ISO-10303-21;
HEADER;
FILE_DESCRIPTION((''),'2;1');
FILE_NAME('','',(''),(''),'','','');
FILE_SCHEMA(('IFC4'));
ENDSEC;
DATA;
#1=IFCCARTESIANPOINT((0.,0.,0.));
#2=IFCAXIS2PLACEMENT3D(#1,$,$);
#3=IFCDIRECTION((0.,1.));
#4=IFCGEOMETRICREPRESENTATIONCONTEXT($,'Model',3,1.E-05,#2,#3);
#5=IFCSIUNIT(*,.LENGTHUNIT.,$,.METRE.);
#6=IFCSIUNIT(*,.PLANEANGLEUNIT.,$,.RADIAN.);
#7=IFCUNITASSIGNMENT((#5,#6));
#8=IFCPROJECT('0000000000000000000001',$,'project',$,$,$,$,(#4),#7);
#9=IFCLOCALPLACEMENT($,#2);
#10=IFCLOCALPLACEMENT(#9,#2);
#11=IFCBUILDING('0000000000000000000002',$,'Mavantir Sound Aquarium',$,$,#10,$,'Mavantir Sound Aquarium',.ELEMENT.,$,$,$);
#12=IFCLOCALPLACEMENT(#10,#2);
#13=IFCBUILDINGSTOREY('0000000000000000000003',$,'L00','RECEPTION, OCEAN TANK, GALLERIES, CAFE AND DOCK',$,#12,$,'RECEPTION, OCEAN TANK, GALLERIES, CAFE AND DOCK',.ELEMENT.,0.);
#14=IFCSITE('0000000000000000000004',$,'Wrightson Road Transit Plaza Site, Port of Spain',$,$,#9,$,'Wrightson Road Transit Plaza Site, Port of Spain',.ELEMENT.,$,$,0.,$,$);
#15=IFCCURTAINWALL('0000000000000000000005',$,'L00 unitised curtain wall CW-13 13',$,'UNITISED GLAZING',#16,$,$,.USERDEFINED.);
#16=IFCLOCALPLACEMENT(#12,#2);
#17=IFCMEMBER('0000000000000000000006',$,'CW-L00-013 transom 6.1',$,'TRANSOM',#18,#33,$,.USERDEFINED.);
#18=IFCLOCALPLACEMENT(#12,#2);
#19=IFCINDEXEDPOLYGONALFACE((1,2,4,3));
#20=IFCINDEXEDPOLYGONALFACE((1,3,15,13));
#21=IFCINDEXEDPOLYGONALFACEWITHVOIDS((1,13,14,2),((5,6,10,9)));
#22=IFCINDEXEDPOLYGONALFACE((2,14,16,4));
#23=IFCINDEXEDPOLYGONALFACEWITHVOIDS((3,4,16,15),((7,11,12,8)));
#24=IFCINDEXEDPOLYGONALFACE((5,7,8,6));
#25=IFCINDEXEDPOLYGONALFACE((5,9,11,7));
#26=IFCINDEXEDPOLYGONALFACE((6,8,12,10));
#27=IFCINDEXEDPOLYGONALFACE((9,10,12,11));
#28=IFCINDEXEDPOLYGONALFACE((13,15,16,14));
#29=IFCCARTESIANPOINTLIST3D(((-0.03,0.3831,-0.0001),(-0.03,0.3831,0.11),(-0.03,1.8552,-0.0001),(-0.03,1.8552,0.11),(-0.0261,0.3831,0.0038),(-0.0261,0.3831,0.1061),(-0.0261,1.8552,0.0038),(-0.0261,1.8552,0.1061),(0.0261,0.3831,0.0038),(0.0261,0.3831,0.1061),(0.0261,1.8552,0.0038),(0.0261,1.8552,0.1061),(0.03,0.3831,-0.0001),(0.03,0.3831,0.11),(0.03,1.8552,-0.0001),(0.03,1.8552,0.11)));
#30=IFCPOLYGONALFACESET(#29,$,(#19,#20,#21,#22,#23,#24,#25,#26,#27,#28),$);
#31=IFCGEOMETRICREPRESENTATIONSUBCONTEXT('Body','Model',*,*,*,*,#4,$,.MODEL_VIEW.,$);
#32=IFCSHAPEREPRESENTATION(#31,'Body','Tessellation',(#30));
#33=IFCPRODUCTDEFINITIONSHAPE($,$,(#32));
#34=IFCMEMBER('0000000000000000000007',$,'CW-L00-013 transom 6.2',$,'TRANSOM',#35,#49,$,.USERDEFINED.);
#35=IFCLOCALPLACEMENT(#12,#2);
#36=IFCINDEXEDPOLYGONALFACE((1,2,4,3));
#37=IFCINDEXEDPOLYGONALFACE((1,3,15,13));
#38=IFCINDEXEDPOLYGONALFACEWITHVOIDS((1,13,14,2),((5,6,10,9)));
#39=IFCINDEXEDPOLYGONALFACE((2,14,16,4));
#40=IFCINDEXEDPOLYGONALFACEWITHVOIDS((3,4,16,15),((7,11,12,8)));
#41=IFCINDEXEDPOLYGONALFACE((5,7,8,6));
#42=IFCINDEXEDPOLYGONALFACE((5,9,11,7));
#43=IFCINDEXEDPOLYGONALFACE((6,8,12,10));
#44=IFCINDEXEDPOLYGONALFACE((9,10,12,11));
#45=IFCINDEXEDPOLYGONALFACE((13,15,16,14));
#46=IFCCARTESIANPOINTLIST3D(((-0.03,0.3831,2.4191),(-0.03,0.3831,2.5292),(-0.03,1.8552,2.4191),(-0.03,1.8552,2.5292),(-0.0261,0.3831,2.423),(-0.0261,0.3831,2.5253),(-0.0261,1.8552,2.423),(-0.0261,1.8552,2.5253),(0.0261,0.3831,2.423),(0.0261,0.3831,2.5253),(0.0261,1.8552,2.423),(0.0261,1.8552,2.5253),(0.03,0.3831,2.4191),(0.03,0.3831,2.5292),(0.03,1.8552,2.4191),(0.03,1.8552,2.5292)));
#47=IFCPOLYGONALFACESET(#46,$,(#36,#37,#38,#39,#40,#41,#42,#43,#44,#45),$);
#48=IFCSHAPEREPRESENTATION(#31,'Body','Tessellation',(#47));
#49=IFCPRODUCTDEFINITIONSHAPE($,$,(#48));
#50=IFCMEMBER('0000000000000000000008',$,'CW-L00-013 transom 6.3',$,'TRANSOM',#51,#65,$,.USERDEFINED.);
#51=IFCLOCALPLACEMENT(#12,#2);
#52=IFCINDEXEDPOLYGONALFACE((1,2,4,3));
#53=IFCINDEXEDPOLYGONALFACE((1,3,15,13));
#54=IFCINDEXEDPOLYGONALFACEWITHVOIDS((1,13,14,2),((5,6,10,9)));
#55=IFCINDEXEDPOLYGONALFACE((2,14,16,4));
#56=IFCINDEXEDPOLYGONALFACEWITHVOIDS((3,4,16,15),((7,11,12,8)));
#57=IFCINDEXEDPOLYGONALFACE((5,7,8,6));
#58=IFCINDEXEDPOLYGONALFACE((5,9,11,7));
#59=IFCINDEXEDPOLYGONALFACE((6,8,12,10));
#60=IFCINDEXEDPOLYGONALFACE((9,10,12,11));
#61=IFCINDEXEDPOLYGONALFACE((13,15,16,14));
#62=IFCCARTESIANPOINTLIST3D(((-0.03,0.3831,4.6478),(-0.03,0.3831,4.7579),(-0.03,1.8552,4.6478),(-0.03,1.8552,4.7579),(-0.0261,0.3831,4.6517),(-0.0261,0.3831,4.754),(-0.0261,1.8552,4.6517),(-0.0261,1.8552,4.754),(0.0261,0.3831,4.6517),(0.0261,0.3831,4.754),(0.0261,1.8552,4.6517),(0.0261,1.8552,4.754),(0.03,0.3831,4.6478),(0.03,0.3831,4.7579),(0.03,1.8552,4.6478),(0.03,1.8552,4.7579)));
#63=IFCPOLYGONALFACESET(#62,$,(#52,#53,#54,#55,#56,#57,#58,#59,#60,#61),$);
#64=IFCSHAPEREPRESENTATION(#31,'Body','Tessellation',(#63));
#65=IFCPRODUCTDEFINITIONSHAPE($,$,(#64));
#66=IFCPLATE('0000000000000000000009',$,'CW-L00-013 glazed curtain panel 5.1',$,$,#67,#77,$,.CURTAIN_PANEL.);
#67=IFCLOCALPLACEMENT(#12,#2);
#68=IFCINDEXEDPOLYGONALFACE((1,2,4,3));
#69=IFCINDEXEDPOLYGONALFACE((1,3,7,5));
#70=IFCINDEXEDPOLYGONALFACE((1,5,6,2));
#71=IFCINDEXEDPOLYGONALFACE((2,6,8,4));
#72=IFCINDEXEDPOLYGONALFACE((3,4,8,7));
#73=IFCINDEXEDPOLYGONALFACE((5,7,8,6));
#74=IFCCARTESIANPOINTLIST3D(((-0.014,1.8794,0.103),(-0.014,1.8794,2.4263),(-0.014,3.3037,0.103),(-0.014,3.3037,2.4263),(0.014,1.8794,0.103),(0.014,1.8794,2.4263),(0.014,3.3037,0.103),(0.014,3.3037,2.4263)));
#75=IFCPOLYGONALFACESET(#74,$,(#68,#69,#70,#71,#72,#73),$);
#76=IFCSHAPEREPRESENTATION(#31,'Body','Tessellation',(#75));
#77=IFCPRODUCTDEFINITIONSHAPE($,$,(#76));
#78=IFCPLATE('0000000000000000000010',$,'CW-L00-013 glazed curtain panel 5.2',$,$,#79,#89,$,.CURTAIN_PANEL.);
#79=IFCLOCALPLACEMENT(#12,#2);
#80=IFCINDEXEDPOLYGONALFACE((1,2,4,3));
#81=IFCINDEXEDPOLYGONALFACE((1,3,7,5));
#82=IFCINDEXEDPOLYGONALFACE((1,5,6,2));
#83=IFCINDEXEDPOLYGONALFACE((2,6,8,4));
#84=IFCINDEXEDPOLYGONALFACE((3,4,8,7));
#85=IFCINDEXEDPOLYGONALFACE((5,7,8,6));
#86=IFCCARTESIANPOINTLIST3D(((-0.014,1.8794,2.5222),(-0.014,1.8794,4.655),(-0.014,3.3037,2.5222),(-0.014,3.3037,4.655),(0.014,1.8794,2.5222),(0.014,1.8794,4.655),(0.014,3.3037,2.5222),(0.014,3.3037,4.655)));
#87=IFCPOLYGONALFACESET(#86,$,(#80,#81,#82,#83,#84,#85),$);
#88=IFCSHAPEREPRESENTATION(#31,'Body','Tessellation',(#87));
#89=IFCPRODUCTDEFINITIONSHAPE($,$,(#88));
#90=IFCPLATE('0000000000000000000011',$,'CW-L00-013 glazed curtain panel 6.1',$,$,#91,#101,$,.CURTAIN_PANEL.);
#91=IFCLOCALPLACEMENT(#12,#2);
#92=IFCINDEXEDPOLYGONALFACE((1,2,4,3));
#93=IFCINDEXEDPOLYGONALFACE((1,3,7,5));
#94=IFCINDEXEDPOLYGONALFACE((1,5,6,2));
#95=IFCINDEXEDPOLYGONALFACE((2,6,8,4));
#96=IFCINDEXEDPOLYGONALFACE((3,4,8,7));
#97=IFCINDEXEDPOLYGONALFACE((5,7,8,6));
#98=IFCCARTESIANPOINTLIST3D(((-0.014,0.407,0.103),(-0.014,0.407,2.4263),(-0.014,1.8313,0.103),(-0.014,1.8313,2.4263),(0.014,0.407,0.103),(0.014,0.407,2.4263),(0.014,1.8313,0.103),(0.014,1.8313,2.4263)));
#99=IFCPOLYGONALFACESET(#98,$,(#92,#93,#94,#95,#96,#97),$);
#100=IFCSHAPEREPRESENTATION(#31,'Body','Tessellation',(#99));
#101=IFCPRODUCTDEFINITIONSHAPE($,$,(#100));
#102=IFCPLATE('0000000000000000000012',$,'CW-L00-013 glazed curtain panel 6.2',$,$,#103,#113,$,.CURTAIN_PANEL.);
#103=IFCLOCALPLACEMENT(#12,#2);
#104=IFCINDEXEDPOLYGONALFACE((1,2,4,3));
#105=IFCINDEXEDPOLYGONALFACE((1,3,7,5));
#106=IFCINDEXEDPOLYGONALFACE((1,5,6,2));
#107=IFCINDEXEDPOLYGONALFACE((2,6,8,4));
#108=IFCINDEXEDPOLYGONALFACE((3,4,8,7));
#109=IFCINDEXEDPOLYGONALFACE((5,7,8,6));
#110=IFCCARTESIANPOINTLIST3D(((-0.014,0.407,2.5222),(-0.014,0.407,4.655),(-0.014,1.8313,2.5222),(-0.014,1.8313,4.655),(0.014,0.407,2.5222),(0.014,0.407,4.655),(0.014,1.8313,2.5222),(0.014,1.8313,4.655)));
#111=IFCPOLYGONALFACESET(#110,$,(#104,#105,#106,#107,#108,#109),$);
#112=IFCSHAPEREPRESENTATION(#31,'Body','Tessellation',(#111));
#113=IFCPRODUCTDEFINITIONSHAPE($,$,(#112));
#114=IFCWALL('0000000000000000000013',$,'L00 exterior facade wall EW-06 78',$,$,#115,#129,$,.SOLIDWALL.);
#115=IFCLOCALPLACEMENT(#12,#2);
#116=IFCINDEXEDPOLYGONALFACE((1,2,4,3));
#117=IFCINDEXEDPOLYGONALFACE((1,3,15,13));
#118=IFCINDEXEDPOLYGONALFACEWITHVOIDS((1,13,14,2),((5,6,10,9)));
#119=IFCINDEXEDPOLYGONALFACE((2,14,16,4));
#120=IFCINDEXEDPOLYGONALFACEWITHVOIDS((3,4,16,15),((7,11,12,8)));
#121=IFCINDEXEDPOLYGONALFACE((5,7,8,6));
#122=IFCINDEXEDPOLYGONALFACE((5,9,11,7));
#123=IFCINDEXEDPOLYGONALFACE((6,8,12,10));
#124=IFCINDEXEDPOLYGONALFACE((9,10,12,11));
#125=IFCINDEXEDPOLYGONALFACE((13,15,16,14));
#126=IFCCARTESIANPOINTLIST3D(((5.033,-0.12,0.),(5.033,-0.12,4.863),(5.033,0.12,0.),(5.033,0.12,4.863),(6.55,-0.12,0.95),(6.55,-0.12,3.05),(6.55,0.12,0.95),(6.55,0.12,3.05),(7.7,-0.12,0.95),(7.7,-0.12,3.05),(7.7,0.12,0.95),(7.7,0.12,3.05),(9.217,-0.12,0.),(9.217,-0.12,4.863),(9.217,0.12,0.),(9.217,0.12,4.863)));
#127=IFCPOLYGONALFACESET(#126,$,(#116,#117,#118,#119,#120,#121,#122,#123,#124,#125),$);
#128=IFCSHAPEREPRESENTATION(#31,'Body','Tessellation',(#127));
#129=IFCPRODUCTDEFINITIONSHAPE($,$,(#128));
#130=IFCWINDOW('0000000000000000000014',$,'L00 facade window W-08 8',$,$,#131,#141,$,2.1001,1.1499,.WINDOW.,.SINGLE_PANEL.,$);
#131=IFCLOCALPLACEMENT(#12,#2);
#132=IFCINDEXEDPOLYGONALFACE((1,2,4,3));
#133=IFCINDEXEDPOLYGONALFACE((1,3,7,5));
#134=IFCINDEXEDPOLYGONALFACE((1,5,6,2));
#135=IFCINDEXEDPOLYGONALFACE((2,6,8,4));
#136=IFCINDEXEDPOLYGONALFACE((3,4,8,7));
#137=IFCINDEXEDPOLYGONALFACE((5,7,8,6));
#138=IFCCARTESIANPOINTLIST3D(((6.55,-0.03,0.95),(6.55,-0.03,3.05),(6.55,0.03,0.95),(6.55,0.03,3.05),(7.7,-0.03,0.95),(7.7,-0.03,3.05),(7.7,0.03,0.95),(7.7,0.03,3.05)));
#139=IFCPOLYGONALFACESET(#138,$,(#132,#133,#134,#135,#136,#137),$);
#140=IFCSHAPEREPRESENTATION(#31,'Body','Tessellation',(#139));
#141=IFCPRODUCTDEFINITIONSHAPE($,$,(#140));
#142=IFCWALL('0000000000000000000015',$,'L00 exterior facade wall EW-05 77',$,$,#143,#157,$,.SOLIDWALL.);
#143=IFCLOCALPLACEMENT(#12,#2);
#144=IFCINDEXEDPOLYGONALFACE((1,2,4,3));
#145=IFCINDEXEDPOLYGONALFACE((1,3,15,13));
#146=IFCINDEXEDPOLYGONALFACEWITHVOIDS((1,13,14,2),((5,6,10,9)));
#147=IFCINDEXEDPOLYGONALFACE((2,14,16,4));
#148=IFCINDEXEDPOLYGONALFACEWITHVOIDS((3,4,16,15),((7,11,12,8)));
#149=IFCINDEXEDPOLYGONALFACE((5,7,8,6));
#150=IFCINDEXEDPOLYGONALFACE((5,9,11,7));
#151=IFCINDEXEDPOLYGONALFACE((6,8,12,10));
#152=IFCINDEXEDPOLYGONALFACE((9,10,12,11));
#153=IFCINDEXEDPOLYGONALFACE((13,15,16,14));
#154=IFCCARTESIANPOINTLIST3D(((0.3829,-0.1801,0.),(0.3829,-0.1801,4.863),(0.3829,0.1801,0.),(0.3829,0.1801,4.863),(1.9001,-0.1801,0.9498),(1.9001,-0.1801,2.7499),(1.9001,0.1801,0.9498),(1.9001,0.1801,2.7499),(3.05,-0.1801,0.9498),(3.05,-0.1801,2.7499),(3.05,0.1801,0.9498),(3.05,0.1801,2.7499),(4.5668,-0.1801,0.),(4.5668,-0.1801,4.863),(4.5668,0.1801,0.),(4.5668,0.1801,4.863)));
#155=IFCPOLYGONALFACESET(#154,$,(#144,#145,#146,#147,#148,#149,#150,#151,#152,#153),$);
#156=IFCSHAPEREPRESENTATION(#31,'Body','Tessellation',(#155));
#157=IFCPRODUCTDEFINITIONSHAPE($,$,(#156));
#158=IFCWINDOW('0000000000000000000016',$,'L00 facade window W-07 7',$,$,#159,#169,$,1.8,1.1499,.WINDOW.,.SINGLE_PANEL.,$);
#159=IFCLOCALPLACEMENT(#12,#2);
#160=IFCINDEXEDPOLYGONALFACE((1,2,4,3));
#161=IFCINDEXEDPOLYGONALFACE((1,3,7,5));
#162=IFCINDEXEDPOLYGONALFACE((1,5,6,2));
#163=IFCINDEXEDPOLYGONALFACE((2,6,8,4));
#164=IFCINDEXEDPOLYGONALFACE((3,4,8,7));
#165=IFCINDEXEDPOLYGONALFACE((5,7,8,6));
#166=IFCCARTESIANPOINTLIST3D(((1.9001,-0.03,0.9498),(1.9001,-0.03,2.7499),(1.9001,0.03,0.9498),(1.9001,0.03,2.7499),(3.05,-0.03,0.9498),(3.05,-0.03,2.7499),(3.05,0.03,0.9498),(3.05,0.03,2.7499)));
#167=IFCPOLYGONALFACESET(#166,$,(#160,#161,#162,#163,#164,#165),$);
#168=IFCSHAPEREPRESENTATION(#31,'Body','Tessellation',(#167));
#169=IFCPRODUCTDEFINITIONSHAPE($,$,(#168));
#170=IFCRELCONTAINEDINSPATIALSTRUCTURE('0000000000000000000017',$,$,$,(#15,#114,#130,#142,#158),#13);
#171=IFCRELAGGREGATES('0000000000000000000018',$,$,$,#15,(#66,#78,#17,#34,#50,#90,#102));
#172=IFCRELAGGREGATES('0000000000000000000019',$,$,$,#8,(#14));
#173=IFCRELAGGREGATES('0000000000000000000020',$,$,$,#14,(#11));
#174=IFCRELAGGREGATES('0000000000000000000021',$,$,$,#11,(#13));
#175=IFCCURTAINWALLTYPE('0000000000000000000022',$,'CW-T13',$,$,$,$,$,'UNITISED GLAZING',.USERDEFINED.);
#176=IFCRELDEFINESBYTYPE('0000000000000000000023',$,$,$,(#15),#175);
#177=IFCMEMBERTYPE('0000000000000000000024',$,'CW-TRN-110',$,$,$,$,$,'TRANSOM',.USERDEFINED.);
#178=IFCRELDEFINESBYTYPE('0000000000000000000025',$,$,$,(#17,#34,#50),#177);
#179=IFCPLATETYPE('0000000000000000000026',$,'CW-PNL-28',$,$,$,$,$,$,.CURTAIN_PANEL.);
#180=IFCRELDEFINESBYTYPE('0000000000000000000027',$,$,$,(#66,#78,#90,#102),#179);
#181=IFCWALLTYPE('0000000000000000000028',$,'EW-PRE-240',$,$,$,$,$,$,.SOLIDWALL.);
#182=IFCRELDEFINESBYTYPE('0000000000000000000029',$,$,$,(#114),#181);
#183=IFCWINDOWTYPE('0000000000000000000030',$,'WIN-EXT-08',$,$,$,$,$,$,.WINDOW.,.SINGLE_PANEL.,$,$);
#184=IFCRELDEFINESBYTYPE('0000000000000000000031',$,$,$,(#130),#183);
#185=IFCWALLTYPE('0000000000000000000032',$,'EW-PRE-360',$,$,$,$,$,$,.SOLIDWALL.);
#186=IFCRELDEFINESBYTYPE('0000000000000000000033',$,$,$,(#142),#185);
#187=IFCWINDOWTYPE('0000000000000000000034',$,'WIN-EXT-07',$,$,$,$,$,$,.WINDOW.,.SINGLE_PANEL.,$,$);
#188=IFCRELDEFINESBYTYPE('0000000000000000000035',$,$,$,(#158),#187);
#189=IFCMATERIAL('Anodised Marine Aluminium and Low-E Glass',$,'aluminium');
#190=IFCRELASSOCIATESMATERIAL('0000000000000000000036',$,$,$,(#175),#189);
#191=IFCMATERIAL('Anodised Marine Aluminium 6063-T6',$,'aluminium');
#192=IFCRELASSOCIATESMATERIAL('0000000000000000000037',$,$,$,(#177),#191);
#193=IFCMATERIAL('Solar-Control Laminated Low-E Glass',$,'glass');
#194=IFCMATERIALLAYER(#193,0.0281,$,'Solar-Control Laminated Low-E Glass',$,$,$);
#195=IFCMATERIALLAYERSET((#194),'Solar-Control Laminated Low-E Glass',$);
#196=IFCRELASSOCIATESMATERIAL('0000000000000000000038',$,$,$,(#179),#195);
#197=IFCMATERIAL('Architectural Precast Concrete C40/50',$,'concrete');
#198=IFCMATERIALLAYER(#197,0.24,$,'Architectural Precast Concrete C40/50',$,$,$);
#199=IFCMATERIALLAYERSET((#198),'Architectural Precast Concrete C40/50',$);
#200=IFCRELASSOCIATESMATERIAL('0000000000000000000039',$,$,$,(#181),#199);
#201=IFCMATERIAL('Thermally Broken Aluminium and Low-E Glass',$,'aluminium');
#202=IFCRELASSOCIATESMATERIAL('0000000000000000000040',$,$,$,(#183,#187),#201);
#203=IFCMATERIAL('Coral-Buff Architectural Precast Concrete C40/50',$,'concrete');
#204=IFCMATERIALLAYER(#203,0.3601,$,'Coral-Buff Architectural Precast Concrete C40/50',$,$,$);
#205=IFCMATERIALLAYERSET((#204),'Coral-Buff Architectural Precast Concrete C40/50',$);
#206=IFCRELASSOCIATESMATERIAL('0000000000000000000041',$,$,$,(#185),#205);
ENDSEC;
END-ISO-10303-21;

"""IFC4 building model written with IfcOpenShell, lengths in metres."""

from ifc_helpers import new_model, si_unit, direction, frame, frame_2d, origin, origin_2d, place, context, subcontext, project, spatial, rectangle, hollow_rectangle, extrude, material, layer, layer_set, material_profile, profile_set, type_object, element, fill, aggregate, save


model = new_model("IFC4")

# Units and contexts
model_context = context("Model", 3, precision=1e-05, world=origin(), true_north=direction((0.0, 1.0)))
body_context = subcontext(model_context, "Body", "Model", "MODEL_VIEW")
ifc_project = project(units=[si_unit("LENGTHUNIT", "METRE"), si_unit("PLANEANGLEUNIT", "RADIAN")], contexts=[model_context])

# Site, building, storey
site_placement = place(None, origin())
site = spatial("IfcSite", under=ifc_project, at=site_placement, Name="Wrightson Road Transit Plaza Site, Port of Spain", LongName="Wrightson Road Transit Plaza Site, Port of Spain", CompositionType="ELEMENT", RefElevation=0.0)
building_placement = place(site_placement, origin())
building = spatial("IfcBuilding", under=site, at=building_placement, Name="Mavantir Sound Aquarium", LongName="Mavantir Sound Aquarium", CompositionType="ELEMENT")
storey_placement = place(building_placement, origin())
storey = spatial("IfcBuildingStorey", under=building, at=storey_placement, Name="L00", Description="RECEPTION, OCEAN TANK, GALLERIES, CAFE AND DOCK", LongName="RECEPTION, OCEAN TANK, GALLERIES, CAFE AND DOCK", CompositionType="ELEMENT", Elevation=0.0)

# Curtain wall, members, plates
ifc_material_1 = material(Name="Anodised Marine Aluminium and Low-E Glass", Category="aluminium")
curtain_wall_type = type_object("IfcCurtainWallType", Name="CW-T13", ElementType="UNITISED GLAZING", PredefinedType="USERDEFINED", material=ifc_material_1)
curtain_wall_placement = place(storey_placement, origin())
curtain_wall = element("IfcCurtainWall", 1, at=curtain_wall_placement, inside=storey, type_object=curtain_wall_type, Name="L00 unitised curtain wall CW-13 13", ObjectType="UNITISED GLAZING", PredefinedType="USERDEFINED")
ifc_material_2 = material(Name="Anodised Marine Aluminium 6063-T6", Category="aluminium")
ifc_material_profile_1 = material_profile(ifc_material_2, hollow_rectangle(XDim=0.0601, YDim=0.1101, WallThickness=0.0039, at=origin_2d()), Name="ALU-TRANSOM-110X60")
ifc_profile_set_1 = profile_set([ifc_material_profile_1], Name="Anodised Marine Aluminium 6063-T6")
member_type_1 = type_object("IfcMemberType", Name="CW-TRN-110", ElementType="TRANSOM", PredefinedType="USERDEFINED", material=ifc_profile_set_1)
member_1_placement = place(storey_placement, frame((0.0, 1.8552, 0.0549), z_axis=(0.0, -1.0, 0.0), x_axis=(1.0, 0.0, 0.0)))
member_1 = element("IfcMember", 2, at=member_1_placement, type_object=member_type_1, Name="CW-L00-013 transom 6.1", ObjectType="TRANSOM", PredefinedType="USERDEFINED", context=body_context, shape_type="SweptSolid", body=[
    extrude(hollow_rectangle(XDim=0.0601, YDim=0.1101, WallThickness=0.0039, at=origin_2d()), origin(), (0.0, 0.0, 1.0), 1.4722),
])
member_2_placement = place(storey_placement, frame((0.0, 1.8552, 2.4741), z_axis=(0.0, -1.0, 0.0), x_axis=(1.0, 0.0, 0.0)))
member_2 = element("IfcMember", 3, at=member_2_placement, type_object=member_type_1, Name="CW-L00-013 transom 6.2", ObjectType="TRANSOM", PredefinedType="USERDEFINED", context=body_context, shape_type="SweptSolid", body=[
    extrude(hollow_rectangle(XDim=0.0601, YDim=0.1101, WallThickness=0.0039, at=origin_2d()), origin(), (0.0, 0.0, 1.0), 1.4722),
])
member_3_placement = place(storey_placement, frame((0.0, 1.8552, 4.7029), z_axis=(0.0, -1.0, 0.0), x_axis=(1.0, 0.0, 0.0)))
member_3 = element("IfcMember", 4, at=member_3_placement, type_object=member_type_1, Name="CW-L00-013 transom 6.3", ObjectType="TRANSOM", PredefinedType="USERDEFINED", context=body_context, shape_type="SweptSolid", body=[
    extrude(hollow_rectangle(XDim=0.0601, YDim=0.1101, WallThickness=0.0039, at=origin_2d()), origin(), (0.0, 0.0, 1.0), 1.4722),
])
ifc_material_3 = material(Name="Solar-Control Laminated Low-E Glass", Category="glass")
ifc_layer_1 = layer(ifc_material_3, 0.0281, Name="Solar-Control Laminated Low-E Glass")
ifc_layer_set_1 = layer_set([ifc_layer_1], Name="Solar-Control Laminated Low-E Glass")
plate_type = type_object("IfcPlateType", Name="CW-PNL-28", PredefinedType="CURTAIN_PANEL", material=ifc_layer_set_1)
plate_1_placement = place(storey_placement, frame((0.0, 2.5916, 0.103), z_axis=(0.0, 0.0, 1.0), x_axis=(0.0, -1.0, 0.0)))
plate_1 = element("IfcPlate", 5, at=plate_1_placement, type_object=plate_type, Name="CW-L00-013 glazed curtain panel 5.1", PredefinedType="CURTAIN_PANEL", context=body_context, shape_type="SweptSolid", body=[
    extrude(rectangle(XDim=1.4243, YDim=0.0281, at=origin_2d()), origin(), (0.0, 0.0, 1.0), 2.3232),
])
plate_2_placement = place(storey_placement, frame((0.0, 2.5916, 2.5222), z_axis=(0.0, 0.0, 1.0), x_axis=(0.0, -1.0, 0.0)))
plate_2 = element("IfcPlate", 6, at=plate_2_placement, type_object=plate_type, Name="CW-L00-013 glazed curtain panel 5.2", PredefinedType="CURTAIN_PANEL", context=body_context, shape_type="SweptSolid", body=[
    extrude(rectangle(XDim=1.4243, YDim=0.0281, at=origin_2d()), origin(), (0.0, 0.0, 1.0), 2.1328),
])
plate_3_placement = place(storey_placement, frame((0.0, 1.1191, 0.103), z_axis=(0.0, 0.0, 1.0), x_axis=(0.0, -1.0, 0.0)))
plate_3 = element("IfcPlate", 7, at=plate_3_placement, type_object=plate_type, Name="CW-L00-013 glazed curtain panel 6.1", PredefinedType="CURTAIN_PANEL", context=body_context, shape_type="SweptSolid", body=[
    extrude(rectangle(XDim=1.4243, YDim=0.0281, at=origin_2d()), origin(), (0.0, 0.0, 1.0), 2.3232),
])
plate_4_placement = place(storey_placement, frame((0.0, 1.1191, 2.5222), z_axis=(0.0, 0.0, 1.0), x_axis=(0.0, -1.0, 0.0)))
plate_4 = element("IfcPlate", 8, at=plate_4_placement, type_object=plate_type, Name="CW-L00-013 glazed curtain panel 6.2", PredefinedType="CURTAIN_PANEL", context=body_context, shape_type="SweptSolid", body=[
    extrude(rectangle(XDim=1.4243, YDim=0.0281, at=origin_2d()), origin(), (0.0, 0.0, 1.0), 2.1328),
])
aggregate(curtain_wall, [plate_1, plate_2, member_1, member_2, member_3, plate_3, plate_4])

# Walls, openings, windows
ifc_material_4 = material(Name="Architectural Precast Concrete C40/50", Category="concrete")
ifc_layer_2 = layer(ifc_material_4, 0.24, Name="Architectural Precast Concrete C40/50")
ifc_layer_set_2 = layer_set([ifc_layer_2], Name="Architectural Precast Concrete C40/50")
wall_type_1 = type_object("IfcWallType", Name="EW-PRE-240", PredefinedType="SOLIDWALL", material=ifc_layer_set_2)
wall_1_placement = place(storey_placement, frame((5.033, 0.0, 0.0), z_axis=(0.0, 0.0, 1.0), x_axis=(1.0, 0.0, 0.0)))
wall_1 = element("IfcWall", 9, at=wall_1_placement, inside=storey, type_object=wall_type_1, Name="L00 exterior facade wall EW-06 78", PredefinedType="SOLIDWALL", context=body_context, shape_type="SweptSolid", body=[
    extrude(rectangle(XDim=4.1841, YDim=0.24, at=frame_2d((2.092, 0.0))), origin(), (0.0, 0.0, 1.0), 4.863),
])
opening_1_placement = place(wall_1_placement, frame((1.5171, 0.0, 0.95)))
opening_1 = element("IfcOpeningElement", 10, at=opening_1_placement, cuts=wall_1, PredefinedType="OPENING", context=body_context, shape_type="SweptSolid", body=[
    extrude(rectangle(XDim=1.1499, YDim=2.1001, at=frame_2d((0.575, 1.05))), frame((0.0, 0.1299, 0.0), z_axis=(0.0, -1.0, 0.0), x_axis=(1.0, 0.0, 0.0)), (0.0, 0.0, 1.0), 0.26),
])
ifc_material_5 = material(Name="Thermally Broken Aluminium and Low-E Glass", Category="aluminium")
window_type_1 = type_object("IfcWindowType", Name="WIN-EXT-08", PartitioningType="SINGLE_PANEL", PredefinedType="WINDOW", material=ifc_material_5)
window_1_placement = place(opening_1_placement, origin())
window_1 = element("IfcWindow", 11, at=window_1_placement, inside=storey, type_object=window_type_1, Name="L00 facade window W-08 8", OverallHeight=2.1001, OverallWidth=1.1499, PartitioningType="SINGLE_PANEL", PredefinedType="WINDOW", context=body_context, shape_type="SweptSolid", body=[
    extrude(rectangle(XDim=1.1499, YDim=2.1001, at=frame_2d((0.575, 1.05))), frame((0.0, 0.03, 0.0), z_axis=(0.0, -1.0, 0.0), x_axis=(1.0, 0.0, 0.0)), (0.0, 0.0, 1.0), 0.0601),
])
fill(opening_1, window_1)
ifc_material_6 = material(Name="Coral-Buff Architectural Precast Concrete C40/50", Category="concrete")
ifc_layer_3 = layer(ifc_material_6, 0.3601, Name="Coral-Buff Architectural Precast Concrete C40/50")
ifc_layer_set_3 = layer_set([ifc_layer_3], Name="Coral-Buff Architectural Precast Concrete C40/50")
wall_type_2 = type_object("IfcWallType", Name="EW-PRE-360", PredefinedType="SOLIDWALL", material=ifc_layer_set_3)
wall_2_placement = place(storey_placement, frame((0.3831, 0.0, 0.0), z_axis=(0.0, 0.0, 1.0), x_axis=(1.0, 0.0, 0.0)))
wall_2 = element("IfcWall", 12, at=wall_2_placement, inside=storey, type_object=wall_type_2, Name="L00 exterior facade wall EW-05 77", PredefinedType="SOLIDWALL", context=body_context, shape_type="SweptSolid", body=[
    extrude(rectangle(XDim=4.1838, YDim=0.3601, at=frame_2d((2.0918, 0.0))), origin(), (0.0, 0.0, 1.0), 4.863),
])
opening_2_placement = place(wall_2_placement, frame((1.5171, 0.0, 0.95)))
opening_2 = element("IfcOpeningElement", 13, at=opening_2_placement, cuts=wall_2, PredefinedType="OPENING", context=body_context, shape_type="SweptSolid", body=[
    extrude(rectangle(XDim=1.1499, YDim=1.8, at=frame_2d((0.575, 0.8999))), frame((0.0, 0.1899, 0.0), z_axis=(0.0, -1.0, 0.0), x_axis=(1.0, 0.0, 0.0)), (0.0, 0.0, 1.0), 0.3801),
])
window_type_2 = type_object("IfcWindowType", Name="WIN-EXT-07", PartitioningType="SINGLE_PANEL", PredefinedType="WINDOW", material=ifc_material_5)
window_2_placement = place(opening_2_placement, origin())
window_2 = element("IfcWindow", 14, at=window_2_placement, inside=storey, type_object=window_type_2, Name="L00 facade window W-07 7", OverallHeight=1.8, OverallWidth=1.1499, PartitioningType="SINGLE_PANEL", PredefinedType="WINDOW", context=body_context, shape_type="SweptSolid", body=[
    extrude(rectangle(XDim=1.1499, YDim=1.8, at=frame_2d((0.575, 0.8999))), frame((0.0, 0.03, 0.0), z_axis=(0.0, -1.0, 0.0), x_axis=(1.0, 0.0, 0.0)), (0.0, 0.0, 1.0), 0.0601),
])
fill(opening_2, window_2)

save(model, "model.ifc")
